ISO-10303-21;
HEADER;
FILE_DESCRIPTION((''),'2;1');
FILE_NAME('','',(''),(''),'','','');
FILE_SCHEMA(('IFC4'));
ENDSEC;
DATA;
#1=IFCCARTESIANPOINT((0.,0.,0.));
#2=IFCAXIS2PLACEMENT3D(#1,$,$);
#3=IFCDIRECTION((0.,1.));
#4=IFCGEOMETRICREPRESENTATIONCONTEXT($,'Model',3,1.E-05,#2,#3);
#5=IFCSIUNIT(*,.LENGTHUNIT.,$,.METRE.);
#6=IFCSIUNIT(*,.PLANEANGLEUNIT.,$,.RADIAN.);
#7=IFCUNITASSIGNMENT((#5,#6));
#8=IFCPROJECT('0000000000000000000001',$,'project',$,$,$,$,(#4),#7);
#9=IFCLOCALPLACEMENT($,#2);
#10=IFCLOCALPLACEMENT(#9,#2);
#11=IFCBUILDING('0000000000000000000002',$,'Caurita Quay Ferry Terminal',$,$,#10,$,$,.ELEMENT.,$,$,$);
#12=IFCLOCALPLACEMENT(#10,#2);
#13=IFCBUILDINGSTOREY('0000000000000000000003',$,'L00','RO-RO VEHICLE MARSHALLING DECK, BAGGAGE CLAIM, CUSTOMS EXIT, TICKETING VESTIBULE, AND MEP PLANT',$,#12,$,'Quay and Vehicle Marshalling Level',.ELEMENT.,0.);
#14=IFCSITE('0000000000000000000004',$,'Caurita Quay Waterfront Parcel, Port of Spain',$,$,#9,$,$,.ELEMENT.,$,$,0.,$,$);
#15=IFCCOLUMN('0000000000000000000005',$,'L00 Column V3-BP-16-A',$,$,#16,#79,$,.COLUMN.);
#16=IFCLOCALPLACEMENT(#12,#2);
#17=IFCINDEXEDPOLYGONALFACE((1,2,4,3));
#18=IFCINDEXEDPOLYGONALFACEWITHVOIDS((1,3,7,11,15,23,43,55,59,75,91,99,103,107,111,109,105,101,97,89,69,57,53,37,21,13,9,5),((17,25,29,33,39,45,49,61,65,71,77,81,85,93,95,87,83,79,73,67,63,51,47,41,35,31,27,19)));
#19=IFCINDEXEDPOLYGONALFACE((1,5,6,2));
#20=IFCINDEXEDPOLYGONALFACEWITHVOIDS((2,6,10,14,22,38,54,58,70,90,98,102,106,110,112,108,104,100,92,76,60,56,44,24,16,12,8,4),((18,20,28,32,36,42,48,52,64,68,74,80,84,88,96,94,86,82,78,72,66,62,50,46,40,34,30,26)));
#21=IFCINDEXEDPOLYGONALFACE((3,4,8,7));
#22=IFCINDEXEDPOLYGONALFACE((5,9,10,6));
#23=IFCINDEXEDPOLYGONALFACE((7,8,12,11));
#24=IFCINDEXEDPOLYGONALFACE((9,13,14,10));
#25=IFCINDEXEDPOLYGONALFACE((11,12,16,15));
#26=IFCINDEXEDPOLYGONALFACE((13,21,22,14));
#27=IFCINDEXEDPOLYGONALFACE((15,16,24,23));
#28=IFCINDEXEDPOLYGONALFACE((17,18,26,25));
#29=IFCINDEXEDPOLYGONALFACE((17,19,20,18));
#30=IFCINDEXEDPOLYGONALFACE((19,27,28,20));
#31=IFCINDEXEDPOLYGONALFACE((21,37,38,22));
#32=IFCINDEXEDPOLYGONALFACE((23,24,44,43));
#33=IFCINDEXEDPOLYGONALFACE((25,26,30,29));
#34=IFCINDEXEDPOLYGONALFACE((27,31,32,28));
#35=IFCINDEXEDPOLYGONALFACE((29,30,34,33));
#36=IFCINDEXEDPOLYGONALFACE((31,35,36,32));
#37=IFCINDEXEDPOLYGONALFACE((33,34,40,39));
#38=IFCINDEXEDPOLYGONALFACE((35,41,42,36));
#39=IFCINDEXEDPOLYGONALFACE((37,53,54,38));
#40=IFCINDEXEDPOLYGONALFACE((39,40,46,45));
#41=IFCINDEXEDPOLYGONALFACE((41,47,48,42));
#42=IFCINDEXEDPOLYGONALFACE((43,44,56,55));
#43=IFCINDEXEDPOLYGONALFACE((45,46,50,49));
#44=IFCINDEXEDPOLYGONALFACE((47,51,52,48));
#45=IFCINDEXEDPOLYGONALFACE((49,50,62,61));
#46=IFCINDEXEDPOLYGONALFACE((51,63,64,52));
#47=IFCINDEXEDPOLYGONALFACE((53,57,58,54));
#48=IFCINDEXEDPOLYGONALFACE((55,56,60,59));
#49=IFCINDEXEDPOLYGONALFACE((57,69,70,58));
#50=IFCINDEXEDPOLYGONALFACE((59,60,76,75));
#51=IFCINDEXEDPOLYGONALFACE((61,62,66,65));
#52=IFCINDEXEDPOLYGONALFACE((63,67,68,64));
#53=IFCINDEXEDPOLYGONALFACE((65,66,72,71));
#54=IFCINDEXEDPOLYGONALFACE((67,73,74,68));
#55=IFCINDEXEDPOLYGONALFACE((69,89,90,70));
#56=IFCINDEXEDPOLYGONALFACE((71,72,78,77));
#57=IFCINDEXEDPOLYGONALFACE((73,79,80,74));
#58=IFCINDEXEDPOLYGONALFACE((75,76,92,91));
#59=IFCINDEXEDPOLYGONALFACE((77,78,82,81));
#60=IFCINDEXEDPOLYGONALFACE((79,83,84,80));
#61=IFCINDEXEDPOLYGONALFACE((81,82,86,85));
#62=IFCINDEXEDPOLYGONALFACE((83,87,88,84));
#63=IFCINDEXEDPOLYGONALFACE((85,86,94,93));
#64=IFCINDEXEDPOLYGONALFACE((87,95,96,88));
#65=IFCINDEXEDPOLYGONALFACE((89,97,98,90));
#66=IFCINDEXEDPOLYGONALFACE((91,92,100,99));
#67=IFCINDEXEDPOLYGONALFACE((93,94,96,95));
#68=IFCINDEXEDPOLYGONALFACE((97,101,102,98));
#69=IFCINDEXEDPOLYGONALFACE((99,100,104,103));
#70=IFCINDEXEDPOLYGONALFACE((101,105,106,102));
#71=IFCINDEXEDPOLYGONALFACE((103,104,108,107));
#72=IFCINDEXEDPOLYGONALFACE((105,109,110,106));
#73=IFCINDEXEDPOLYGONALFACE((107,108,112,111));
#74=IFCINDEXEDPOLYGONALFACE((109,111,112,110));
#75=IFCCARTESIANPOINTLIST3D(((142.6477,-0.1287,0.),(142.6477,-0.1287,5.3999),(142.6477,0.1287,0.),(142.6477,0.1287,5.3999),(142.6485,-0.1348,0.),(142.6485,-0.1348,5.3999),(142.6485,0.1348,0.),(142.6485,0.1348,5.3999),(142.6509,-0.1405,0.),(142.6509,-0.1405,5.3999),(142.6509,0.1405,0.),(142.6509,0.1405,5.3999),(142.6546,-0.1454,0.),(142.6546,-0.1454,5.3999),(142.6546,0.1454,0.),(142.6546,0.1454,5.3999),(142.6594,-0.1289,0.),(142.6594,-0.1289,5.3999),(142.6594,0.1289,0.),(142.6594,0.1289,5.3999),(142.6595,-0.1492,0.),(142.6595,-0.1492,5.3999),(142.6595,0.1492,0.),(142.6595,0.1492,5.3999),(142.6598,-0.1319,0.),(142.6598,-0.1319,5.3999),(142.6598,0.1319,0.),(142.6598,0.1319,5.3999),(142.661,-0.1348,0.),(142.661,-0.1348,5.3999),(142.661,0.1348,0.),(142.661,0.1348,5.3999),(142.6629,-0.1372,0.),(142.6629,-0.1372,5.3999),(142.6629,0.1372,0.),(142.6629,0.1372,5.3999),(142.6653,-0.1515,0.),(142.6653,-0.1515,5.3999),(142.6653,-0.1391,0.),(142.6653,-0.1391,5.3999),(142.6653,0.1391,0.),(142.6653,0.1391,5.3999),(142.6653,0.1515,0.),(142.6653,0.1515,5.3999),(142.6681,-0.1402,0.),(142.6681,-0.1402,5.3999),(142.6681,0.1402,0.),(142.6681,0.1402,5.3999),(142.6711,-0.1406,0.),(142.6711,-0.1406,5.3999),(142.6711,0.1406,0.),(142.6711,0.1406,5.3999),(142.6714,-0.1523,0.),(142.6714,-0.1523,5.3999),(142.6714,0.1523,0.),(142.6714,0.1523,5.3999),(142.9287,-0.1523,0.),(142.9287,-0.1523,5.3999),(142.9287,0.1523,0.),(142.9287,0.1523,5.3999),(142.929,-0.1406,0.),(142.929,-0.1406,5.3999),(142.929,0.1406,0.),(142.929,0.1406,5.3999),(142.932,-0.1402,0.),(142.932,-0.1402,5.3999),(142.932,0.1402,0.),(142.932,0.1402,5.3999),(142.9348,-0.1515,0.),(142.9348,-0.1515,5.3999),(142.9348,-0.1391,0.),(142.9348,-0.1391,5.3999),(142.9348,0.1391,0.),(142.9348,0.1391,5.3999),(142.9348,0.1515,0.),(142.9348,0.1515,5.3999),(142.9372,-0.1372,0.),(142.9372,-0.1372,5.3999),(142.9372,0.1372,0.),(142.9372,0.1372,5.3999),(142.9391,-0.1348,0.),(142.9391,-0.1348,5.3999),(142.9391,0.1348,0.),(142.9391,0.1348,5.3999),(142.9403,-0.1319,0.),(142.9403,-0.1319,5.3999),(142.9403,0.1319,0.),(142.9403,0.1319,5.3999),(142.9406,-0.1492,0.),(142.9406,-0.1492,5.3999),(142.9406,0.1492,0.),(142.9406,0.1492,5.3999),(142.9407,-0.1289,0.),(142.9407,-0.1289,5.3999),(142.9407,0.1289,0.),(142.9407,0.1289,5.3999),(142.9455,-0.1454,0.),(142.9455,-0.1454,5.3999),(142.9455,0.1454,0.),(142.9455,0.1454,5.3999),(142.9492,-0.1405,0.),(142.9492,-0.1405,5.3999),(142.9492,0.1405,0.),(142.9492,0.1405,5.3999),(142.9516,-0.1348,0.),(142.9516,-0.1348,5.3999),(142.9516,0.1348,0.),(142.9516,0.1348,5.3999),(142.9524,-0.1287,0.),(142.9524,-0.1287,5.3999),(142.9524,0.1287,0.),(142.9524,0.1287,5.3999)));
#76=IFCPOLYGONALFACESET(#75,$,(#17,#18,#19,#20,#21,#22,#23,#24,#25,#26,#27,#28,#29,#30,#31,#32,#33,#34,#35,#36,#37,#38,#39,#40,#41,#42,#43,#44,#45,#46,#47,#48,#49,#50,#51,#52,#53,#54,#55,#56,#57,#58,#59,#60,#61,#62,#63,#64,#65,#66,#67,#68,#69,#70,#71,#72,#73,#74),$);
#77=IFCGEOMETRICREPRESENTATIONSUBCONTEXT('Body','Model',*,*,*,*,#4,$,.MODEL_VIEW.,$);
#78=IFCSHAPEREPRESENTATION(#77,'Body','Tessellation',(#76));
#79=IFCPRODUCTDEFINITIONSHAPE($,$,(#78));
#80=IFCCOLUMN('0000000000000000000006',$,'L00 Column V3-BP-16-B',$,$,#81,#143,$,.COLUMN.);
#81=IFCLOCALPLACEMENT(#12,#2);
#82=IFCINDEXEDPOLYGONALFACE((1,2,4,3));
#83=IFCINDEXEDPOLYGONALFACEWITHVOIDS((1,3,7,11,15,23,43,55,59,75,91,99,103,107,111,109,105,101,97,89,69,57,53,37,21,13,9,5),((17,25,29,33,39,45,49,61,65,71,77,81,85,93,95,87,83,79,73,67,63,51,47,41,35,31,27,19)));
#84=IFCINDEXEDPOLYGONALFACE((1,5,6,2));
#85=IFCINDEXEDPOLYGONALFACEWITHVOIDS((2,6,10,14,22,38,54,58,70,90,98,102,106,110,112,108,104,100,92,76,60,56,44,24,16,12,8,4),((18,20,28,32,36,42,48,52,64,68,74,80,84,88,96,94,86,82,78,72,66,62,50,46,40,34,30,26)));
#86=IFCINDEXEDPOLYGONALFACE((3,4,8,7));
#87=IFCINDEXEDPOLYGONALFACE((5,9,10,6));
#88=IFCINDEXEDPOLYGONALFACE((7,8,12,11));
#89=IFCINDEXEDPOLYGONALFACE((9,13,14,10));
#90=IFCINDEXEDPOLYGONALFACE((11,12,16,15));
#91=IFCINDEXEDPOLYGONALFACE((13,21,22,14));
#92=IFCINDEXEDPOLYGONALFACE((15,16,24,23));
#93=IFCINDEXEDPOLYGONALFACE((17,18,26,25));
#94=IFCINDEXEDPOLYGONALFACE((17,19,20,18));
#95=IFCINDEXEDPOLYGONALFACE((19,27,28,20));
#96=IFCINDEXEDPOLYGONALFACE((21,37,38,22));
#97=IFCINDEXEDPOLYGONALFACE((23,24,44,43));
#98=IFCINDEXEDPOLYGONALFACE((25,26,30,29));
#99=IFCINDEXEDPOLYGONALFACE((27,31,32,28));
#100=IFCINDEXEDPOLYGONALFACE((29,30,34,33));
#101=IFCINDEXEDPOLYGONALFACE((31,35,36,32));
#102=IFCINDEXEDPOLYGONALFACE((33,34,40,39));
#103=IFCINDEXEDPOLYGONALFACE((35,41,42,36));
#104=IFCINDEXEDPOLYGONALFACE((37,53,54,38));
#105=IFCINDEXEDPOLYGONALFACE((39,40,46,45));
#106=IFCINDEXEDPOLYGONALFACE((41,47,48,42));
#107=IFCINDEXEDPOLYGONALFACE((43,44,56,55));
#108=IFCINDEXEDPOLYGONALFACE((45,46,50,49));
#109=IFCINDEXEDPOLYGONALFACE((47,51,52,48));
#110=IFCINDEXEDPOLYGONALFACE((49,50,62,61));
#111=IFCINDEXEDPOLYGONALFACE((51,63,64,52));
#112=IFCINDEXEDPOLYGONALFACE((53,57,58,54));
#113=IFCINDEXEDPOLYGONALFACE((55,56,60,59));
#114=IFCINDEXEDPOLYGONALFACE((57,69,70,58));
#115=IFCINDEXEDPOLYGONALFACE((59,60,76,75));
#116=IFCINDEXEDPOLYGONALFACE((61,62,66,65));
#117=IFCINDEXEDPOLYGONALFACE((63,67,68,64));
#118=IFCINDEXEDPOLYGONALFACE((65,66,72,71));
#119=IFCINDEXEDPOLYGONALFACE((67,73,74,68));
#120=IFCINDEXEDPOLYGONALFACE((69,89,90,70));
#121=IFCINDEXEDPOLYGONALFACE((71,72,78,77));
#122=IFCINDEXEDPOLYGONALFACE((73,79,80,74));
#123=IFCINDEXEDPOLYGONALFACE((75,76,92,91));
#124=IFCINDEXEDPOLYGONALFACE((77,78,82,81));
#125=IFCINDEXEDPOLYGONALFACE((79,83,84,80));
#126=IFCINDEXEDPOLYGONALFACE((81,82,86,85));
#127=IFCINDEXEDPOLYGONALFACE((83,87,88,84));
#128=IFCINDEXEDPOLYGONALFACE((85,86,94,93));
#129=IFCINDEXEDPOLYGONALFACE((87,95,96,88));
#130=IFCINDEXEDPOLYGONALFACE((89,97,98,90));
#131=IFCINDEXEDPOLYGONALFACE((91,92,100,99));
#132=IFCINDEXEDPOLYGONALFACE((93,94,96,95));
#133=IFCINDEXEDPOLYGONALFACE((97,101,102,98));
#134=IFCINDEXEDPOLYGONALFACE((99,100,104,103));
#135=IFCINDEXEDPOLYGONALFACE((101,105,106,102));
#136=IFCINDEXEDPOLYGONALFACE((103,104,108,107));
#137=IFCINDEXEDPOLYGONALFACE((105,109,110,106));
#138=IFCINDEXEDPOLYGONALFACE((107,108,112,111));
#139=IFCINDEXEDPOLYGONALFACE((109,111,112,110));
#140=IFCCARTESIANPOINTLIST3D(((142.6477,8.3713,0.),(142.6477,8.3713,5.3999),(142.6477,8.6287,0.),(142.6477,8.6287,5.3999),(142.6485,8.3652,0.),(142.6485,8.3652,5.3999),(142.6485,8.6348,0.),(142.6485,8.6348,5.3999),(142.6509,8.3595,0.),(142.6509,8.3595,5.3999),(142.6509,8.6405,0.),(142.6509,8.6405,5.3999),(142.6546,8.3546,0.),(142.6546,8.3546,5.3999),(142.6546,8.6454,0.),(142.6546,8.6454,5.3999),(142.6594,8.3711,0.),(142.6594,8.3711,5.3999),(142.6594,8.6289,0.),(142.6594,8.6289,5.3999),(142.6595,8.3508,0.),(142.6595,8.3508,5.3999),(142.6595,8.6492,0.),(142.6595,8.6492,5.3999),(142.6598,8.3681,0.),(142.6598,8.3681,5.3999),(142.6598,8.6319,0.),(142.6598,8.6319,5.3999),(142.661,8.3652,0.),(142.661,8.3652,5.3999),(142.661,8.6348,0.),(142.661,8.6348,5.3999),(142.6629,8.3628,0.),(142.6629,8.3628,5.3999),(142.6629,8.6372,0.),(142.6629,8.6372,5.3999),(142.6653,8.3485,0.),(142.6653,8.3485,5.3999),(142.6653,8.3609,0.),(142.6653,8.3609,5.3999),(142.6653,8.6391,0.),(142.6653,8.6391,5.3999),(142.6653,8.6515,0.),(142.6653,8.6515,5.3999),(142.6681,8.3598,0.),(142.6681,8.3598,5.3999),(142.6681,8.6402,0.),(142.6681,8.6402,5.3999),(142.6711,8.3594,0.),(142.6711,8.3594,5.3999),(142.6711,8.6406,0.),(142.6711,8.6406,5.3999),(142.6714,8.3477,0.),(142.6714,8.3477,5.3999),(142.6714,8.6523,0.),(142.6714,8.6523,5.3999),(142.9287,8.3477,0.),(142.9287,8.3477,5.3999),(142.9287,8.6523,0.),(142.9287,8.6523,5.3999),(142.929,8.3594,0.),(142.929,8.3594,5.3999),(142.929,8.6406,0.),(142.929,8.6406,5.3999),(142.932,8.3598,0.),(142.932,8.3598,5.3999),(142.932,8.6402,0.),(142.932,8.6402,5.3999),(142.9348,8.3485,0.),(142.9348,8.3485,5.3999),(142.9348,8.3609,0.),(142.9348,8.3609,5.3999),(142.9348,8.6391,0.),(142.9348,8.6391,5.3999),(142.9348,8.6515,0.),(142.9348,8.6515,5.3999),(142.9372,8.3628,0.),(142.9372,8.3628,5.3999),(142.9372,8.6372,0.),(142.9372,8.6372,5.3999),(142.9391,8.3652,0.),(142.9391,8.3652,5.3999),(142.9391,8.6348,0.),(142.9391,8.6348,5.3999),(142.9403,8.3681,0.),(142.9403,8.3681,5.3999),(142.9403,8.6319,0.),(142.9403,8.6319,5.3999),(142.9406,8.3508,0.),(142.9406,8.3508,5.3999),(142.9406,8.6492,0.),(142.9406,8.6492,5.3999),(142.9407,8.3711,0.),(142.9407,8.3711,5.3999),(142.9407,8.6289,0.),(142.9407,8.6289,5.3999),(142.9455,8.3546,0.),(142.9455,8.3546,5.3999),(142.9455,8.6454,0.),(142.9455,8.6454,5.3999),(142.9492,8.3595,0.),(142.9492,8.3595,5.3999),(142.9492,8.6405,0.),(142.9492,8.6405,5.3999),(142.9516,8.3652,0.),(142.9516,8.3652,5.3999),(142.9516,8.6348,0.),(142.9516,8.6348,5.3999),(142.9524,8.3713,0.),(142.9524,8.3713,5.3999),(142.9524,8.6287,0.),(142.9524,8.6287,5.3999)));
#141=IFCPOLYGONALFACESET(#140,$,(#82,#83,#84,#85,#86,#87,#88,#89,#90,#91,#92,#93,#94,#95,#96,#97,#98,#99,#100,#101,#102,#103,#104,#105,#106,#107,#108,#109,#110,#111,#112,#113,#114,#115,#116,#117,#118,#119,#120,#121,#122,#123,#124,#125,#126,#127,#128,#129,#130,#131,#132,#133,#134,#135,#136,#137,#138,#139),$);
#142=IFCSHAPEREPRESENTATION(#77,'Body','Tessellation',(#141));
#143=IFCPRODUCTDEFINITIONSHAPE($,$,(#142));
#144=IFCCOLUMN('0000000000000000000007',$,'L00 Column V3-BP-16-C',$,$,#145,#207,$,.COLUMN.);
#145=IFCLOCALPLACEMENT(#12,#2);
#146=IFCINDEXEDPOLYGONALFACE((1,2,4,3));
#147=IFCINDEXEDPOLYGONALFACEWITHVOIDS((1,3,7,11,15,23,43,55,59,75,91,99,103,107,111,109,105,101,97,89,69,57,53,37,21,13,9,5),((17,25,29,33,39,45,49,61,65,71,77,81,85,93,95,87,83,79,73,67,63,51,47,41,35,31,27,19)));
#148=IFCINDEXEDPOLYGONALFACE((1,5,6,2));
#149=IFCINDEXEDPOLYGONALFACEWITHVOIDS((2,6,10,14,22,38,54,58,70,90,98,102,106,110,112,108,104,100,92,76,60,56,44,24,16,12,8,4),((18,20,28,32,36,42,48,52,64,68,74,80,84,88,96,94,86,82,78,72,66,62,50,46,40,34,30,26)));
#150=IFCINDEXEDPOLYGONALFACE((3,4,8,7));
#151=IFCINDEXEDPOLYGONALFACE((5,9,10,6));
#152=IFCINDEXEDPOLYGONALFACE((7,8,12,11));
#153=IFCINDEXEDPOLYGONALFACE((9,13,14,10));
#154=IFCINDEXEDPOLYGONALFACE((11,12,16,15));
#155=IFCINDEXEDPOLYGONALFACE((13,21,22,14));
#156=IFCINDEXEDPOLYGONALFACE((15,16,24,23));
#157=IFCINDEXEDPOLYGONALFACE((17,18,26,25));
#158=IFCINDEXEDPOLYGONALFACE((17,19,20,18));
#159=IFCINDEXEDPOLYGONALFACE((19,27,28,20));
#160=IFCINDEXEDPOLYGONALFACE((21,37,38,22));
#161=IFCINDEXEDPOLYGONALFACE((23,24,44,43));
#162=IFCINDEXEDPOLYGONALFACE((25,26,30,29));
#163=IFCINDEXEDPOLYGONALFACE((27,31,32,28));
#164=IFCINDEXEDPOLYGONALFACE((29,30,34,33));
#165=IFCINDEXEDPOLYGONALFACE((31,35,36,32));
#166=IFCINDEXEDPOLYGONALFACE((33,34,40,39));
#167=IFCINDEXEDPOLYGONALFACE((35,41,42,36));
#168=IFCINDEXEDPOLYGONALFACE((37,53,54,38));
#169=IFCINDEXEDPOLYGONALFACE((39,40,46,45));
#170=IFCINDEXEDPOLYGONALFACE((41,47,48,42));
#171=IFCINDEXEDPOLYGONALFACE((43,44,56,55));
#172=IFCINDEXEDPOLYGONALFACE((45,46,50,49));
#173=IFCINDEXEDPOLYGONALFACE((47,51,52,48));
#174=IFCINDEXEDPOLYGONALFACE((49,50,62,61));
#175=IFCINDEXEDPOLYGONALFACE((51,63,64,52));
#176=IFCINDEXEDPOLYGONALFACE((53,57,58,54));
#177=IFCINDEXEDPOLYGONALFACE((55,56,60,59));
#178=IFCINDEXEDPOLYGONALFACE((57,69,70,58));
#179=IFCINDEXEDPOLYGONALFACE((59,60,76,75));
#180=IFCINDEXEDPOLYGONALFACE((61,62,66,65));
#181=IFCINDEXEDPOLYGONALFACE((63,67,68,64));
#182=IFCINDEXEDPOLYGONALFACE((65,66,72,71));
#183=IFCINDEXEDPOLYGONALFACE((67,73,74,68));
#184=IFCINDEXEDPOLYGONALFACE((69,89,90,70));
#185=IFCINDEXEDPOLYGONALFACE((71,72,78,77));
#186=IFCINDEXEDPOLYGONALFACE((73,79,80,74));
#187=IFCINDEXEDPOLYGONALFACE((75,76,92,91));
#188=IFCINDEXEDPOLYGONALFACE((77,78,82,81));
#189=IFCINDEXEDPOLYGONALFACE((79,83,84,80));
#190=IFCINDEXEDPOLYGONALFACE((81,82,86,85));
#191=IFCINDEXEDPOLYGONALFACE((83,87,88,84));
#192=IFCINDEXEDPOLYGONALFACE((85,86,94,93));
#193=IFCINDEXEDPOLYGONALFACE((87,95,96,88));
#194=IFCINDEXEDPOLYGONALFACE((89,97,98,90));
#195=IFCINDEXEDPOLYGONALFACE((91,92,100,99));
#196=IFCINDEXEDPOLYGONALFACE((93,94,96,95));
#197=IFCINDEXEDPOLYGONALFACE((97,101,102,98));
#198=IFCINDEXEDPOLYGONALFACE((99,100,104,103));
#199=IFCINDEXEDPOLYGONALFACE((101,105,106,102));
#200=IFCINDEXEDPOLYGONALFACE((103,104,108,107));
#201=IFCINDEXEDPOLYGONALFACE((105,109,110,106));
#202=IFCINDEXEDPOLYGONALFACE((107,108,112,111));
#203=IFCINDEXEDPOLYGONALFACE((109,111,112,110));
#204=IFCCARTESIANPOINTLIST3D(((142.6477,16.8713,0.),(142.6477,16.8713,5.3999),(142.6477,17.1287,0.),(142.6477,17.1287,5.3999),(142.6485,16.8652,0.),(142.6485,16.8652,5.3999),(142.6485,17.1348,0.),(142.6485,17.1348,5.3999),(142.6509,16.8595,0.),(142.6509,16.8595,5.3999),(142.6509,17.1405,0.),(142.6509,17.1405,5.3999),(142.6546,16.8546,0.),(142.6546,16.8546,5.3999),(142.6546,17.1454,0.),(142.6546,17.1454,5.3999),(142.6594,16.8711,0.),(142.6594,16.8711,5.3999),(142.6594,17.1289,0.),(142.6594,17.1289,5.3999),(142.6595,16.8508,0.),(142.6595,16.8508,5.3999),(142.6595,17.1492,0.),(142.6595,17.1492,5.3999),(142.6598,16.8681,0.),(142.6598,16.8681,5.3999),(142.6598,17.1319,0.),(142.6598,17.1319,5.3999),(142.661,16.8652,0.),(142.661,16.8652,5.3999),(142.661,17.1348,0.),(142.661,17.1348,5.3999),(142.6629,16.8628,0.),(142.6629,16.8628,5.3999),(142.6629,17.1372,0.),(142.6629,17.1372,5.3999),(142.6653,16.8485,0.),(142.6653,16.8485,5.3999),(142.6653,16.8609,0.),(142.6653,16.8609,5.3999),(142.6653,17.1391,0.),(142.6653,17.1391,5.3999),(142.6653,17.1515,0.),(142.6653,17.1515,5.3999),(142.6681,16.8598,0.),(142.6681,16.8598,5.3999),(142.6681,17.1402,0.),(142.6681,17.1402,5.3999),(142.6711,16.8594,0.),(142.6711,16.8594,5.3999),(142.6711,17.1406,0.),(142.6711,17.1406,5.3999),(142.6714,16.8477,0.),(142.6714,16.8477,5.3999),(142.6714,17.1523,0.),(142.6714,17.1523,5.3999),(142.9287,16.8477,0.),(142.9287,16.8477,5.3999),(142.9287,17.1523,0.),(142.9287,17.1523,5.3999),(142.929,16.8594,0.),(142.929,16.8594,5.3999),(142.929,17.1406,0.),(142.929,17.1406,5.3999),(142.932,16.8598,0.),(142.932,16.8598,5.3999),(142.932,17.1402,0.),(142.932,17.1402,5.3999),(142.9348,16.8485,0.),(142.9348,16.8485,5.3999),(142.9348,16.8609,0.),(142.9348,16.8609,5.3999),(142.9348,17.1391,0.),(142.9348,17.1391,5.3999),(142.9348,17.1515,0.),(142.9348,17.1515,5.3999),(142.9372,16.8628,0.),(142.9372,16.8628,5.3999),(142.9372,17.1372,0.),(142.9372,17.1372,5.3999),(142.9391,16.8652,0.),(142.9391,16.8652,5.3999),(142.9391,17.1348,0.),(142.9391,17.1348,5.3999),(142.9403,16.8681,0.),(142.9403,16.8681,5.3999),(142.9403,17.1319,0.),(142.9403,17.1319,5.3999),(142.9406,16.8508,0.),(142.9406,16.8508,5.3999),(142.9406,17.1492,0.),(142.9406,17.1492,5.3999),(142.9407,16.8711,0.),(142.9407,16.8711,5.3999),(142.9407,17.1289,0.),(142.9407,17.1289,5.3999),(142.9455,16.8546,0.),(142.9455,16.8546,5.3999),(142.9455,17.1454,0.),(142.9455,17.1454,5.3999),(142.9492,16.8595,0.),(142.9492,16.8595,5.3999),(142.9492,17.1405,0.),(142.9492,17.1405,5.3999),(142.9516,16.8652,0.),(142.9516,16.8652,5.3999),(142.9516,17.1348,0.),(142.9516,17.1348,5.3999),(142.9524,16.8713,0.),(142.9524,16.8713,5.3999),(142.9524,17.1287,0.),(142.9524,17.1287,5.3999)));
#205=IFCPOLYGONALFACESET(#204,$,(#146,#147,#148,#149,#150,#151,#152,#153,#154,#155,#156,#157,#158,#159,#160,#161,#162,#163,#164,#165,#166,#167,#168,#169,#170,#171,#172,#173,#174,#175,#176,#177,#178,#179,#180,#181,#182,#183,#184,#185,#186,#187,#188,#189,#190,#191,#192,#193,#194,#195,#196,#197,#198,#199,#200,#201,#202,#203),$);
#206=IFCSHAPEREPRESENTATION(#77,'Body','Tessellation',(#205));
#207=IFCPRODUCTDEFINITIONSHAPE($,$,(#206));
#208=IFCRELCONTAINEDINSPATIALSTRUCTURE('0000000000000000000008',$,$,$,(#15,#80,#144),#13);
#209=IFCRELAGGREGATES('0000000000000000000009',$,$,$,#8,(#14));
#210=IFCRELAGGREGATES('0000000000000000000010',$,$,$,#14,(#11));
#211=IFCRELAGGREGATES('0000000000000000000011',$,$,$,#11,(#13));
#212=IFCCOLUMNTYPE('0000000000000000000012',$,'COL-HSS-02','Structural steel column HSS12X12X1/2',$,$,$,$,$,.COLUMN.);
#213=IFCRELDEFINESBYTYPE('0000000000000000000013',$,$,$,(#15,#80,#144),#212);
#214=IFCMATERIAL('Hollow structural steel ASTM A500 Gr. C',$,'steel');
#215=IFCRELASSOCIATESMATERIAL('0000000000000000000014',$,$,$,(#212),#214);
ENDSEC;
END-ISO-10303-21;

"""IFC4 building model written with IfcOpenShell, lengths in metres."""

from ifc_helpers import new_model, si_unit, direction, frame, origin, origin_2d, place, context, subcontext, project, spatial, hollow_rectangle, extrude, material, material_profile, profile_set, type_object, element, save


model = new_model("IFC4")

# Units and contexts
model_context = context("Model", 3, precision=1e-05, world=origin(), true_north=direction((0.0, 1.0)))
body_context = subcontext(model_context, "Body", "Model", "MODEL_VIEW")
ifc_project = project(units=[si_unit("LENGTHUNIT", "METRE"), si_unit("PLANEANGLEUNIT", "RADIAN")], contexts=[model_context])

# Site, building, storey
site_placement = place(None, origin())
site = spatial("IfcSite", under=ifc_project, at=site_placement, Name="Caurita Quay Waterfront Parcel, Port of Spain", CompositionType="ELEMENT", RefElevation=0.0)
building_placement = place(site_placement, origin())
building = spatial("IfcBuilding", under=site, at=building_placement, Name="Caurita Quay Ferry Terminal", CompositionType="ELEMENT")
storey_placement = place(building_placement, origin())
storey = spatial("IfcBuildingStorey", under=building, at=storey_placement, Name="L00", Description="RO-RO VEHICLE MARSHALLING DECK, BAGGAGE CLAIM, CUSTOMS EXIT, TICKETING VESTIBULE, AND MEP PLANT", LongName="Quay and Vehicle Marshalling Level", CompositionType="ELEMENT", Elevation=0.0)

# Columns
ifc_material_1 = material(Name="Hollow structural steel ASTM A500 Gr. C", Category="steel")
ifc_material_profile_1 = material_profile(ifc_material_1, hollow_rectangle(XDim=0.3047, YDim=0.3047, WallThickness=0.0117, InnerFilletRadius=0.0117, OuterFilletRadius=0.0237, at=origin_2d()), Name="HSS12X12X1/2")
ifc_profile_set_1 = profile_set([ifc_material_profile_1], Name="Hollow structural steel ASTM A500 Gr. C")
column_type_1 = type_object("IfcColumnType", Name="COL-HSS-02", Description="Structural steel column HSS12X12X1/2", PredefinedType="COLUMN", material=ifc_profile_set_1)
for number, where, z_axis, x_axis, name in (
    (1, (142.8, 0.0, 0.0), (0.0, 0.0, 1.0), (1.0, 0.0, 0.0), "L00 Column V3-BP-16-A"),
    (2, (142.8, 8.5, 0.0), (0.0, 0.0, 1.0), (1.0, 0.0, 0.0), "L00 Column V3-BP-16-B"),
    (3, (142.8, 17.0, 0.0), (0.0, 0.0, 1.0), (1.0, 0.0, 0.0), "L00 Column V3-BP-16-C"),
):
    element("IfcColumn", number, at=place(storey_placement, frame(where, z_axis=z_axis, x_axis=x_axis)), inside=storey, type_object=column_type_1, Name=name, PredefinedType="COLUMN", context=body_context, shape_type="SweptSolid", body=[
        extrude(hollow_rectangle(XDim=0.3047, YDim=0.3047, WallThickness=0.0117, InnerFilletRadius=0.0117, OuterFilletRadius=0.0237, at=origin_2d()), origin(), (0.0, 0.0, 1.0), 5.3999),
    ])

save(model, "model.ifc")
